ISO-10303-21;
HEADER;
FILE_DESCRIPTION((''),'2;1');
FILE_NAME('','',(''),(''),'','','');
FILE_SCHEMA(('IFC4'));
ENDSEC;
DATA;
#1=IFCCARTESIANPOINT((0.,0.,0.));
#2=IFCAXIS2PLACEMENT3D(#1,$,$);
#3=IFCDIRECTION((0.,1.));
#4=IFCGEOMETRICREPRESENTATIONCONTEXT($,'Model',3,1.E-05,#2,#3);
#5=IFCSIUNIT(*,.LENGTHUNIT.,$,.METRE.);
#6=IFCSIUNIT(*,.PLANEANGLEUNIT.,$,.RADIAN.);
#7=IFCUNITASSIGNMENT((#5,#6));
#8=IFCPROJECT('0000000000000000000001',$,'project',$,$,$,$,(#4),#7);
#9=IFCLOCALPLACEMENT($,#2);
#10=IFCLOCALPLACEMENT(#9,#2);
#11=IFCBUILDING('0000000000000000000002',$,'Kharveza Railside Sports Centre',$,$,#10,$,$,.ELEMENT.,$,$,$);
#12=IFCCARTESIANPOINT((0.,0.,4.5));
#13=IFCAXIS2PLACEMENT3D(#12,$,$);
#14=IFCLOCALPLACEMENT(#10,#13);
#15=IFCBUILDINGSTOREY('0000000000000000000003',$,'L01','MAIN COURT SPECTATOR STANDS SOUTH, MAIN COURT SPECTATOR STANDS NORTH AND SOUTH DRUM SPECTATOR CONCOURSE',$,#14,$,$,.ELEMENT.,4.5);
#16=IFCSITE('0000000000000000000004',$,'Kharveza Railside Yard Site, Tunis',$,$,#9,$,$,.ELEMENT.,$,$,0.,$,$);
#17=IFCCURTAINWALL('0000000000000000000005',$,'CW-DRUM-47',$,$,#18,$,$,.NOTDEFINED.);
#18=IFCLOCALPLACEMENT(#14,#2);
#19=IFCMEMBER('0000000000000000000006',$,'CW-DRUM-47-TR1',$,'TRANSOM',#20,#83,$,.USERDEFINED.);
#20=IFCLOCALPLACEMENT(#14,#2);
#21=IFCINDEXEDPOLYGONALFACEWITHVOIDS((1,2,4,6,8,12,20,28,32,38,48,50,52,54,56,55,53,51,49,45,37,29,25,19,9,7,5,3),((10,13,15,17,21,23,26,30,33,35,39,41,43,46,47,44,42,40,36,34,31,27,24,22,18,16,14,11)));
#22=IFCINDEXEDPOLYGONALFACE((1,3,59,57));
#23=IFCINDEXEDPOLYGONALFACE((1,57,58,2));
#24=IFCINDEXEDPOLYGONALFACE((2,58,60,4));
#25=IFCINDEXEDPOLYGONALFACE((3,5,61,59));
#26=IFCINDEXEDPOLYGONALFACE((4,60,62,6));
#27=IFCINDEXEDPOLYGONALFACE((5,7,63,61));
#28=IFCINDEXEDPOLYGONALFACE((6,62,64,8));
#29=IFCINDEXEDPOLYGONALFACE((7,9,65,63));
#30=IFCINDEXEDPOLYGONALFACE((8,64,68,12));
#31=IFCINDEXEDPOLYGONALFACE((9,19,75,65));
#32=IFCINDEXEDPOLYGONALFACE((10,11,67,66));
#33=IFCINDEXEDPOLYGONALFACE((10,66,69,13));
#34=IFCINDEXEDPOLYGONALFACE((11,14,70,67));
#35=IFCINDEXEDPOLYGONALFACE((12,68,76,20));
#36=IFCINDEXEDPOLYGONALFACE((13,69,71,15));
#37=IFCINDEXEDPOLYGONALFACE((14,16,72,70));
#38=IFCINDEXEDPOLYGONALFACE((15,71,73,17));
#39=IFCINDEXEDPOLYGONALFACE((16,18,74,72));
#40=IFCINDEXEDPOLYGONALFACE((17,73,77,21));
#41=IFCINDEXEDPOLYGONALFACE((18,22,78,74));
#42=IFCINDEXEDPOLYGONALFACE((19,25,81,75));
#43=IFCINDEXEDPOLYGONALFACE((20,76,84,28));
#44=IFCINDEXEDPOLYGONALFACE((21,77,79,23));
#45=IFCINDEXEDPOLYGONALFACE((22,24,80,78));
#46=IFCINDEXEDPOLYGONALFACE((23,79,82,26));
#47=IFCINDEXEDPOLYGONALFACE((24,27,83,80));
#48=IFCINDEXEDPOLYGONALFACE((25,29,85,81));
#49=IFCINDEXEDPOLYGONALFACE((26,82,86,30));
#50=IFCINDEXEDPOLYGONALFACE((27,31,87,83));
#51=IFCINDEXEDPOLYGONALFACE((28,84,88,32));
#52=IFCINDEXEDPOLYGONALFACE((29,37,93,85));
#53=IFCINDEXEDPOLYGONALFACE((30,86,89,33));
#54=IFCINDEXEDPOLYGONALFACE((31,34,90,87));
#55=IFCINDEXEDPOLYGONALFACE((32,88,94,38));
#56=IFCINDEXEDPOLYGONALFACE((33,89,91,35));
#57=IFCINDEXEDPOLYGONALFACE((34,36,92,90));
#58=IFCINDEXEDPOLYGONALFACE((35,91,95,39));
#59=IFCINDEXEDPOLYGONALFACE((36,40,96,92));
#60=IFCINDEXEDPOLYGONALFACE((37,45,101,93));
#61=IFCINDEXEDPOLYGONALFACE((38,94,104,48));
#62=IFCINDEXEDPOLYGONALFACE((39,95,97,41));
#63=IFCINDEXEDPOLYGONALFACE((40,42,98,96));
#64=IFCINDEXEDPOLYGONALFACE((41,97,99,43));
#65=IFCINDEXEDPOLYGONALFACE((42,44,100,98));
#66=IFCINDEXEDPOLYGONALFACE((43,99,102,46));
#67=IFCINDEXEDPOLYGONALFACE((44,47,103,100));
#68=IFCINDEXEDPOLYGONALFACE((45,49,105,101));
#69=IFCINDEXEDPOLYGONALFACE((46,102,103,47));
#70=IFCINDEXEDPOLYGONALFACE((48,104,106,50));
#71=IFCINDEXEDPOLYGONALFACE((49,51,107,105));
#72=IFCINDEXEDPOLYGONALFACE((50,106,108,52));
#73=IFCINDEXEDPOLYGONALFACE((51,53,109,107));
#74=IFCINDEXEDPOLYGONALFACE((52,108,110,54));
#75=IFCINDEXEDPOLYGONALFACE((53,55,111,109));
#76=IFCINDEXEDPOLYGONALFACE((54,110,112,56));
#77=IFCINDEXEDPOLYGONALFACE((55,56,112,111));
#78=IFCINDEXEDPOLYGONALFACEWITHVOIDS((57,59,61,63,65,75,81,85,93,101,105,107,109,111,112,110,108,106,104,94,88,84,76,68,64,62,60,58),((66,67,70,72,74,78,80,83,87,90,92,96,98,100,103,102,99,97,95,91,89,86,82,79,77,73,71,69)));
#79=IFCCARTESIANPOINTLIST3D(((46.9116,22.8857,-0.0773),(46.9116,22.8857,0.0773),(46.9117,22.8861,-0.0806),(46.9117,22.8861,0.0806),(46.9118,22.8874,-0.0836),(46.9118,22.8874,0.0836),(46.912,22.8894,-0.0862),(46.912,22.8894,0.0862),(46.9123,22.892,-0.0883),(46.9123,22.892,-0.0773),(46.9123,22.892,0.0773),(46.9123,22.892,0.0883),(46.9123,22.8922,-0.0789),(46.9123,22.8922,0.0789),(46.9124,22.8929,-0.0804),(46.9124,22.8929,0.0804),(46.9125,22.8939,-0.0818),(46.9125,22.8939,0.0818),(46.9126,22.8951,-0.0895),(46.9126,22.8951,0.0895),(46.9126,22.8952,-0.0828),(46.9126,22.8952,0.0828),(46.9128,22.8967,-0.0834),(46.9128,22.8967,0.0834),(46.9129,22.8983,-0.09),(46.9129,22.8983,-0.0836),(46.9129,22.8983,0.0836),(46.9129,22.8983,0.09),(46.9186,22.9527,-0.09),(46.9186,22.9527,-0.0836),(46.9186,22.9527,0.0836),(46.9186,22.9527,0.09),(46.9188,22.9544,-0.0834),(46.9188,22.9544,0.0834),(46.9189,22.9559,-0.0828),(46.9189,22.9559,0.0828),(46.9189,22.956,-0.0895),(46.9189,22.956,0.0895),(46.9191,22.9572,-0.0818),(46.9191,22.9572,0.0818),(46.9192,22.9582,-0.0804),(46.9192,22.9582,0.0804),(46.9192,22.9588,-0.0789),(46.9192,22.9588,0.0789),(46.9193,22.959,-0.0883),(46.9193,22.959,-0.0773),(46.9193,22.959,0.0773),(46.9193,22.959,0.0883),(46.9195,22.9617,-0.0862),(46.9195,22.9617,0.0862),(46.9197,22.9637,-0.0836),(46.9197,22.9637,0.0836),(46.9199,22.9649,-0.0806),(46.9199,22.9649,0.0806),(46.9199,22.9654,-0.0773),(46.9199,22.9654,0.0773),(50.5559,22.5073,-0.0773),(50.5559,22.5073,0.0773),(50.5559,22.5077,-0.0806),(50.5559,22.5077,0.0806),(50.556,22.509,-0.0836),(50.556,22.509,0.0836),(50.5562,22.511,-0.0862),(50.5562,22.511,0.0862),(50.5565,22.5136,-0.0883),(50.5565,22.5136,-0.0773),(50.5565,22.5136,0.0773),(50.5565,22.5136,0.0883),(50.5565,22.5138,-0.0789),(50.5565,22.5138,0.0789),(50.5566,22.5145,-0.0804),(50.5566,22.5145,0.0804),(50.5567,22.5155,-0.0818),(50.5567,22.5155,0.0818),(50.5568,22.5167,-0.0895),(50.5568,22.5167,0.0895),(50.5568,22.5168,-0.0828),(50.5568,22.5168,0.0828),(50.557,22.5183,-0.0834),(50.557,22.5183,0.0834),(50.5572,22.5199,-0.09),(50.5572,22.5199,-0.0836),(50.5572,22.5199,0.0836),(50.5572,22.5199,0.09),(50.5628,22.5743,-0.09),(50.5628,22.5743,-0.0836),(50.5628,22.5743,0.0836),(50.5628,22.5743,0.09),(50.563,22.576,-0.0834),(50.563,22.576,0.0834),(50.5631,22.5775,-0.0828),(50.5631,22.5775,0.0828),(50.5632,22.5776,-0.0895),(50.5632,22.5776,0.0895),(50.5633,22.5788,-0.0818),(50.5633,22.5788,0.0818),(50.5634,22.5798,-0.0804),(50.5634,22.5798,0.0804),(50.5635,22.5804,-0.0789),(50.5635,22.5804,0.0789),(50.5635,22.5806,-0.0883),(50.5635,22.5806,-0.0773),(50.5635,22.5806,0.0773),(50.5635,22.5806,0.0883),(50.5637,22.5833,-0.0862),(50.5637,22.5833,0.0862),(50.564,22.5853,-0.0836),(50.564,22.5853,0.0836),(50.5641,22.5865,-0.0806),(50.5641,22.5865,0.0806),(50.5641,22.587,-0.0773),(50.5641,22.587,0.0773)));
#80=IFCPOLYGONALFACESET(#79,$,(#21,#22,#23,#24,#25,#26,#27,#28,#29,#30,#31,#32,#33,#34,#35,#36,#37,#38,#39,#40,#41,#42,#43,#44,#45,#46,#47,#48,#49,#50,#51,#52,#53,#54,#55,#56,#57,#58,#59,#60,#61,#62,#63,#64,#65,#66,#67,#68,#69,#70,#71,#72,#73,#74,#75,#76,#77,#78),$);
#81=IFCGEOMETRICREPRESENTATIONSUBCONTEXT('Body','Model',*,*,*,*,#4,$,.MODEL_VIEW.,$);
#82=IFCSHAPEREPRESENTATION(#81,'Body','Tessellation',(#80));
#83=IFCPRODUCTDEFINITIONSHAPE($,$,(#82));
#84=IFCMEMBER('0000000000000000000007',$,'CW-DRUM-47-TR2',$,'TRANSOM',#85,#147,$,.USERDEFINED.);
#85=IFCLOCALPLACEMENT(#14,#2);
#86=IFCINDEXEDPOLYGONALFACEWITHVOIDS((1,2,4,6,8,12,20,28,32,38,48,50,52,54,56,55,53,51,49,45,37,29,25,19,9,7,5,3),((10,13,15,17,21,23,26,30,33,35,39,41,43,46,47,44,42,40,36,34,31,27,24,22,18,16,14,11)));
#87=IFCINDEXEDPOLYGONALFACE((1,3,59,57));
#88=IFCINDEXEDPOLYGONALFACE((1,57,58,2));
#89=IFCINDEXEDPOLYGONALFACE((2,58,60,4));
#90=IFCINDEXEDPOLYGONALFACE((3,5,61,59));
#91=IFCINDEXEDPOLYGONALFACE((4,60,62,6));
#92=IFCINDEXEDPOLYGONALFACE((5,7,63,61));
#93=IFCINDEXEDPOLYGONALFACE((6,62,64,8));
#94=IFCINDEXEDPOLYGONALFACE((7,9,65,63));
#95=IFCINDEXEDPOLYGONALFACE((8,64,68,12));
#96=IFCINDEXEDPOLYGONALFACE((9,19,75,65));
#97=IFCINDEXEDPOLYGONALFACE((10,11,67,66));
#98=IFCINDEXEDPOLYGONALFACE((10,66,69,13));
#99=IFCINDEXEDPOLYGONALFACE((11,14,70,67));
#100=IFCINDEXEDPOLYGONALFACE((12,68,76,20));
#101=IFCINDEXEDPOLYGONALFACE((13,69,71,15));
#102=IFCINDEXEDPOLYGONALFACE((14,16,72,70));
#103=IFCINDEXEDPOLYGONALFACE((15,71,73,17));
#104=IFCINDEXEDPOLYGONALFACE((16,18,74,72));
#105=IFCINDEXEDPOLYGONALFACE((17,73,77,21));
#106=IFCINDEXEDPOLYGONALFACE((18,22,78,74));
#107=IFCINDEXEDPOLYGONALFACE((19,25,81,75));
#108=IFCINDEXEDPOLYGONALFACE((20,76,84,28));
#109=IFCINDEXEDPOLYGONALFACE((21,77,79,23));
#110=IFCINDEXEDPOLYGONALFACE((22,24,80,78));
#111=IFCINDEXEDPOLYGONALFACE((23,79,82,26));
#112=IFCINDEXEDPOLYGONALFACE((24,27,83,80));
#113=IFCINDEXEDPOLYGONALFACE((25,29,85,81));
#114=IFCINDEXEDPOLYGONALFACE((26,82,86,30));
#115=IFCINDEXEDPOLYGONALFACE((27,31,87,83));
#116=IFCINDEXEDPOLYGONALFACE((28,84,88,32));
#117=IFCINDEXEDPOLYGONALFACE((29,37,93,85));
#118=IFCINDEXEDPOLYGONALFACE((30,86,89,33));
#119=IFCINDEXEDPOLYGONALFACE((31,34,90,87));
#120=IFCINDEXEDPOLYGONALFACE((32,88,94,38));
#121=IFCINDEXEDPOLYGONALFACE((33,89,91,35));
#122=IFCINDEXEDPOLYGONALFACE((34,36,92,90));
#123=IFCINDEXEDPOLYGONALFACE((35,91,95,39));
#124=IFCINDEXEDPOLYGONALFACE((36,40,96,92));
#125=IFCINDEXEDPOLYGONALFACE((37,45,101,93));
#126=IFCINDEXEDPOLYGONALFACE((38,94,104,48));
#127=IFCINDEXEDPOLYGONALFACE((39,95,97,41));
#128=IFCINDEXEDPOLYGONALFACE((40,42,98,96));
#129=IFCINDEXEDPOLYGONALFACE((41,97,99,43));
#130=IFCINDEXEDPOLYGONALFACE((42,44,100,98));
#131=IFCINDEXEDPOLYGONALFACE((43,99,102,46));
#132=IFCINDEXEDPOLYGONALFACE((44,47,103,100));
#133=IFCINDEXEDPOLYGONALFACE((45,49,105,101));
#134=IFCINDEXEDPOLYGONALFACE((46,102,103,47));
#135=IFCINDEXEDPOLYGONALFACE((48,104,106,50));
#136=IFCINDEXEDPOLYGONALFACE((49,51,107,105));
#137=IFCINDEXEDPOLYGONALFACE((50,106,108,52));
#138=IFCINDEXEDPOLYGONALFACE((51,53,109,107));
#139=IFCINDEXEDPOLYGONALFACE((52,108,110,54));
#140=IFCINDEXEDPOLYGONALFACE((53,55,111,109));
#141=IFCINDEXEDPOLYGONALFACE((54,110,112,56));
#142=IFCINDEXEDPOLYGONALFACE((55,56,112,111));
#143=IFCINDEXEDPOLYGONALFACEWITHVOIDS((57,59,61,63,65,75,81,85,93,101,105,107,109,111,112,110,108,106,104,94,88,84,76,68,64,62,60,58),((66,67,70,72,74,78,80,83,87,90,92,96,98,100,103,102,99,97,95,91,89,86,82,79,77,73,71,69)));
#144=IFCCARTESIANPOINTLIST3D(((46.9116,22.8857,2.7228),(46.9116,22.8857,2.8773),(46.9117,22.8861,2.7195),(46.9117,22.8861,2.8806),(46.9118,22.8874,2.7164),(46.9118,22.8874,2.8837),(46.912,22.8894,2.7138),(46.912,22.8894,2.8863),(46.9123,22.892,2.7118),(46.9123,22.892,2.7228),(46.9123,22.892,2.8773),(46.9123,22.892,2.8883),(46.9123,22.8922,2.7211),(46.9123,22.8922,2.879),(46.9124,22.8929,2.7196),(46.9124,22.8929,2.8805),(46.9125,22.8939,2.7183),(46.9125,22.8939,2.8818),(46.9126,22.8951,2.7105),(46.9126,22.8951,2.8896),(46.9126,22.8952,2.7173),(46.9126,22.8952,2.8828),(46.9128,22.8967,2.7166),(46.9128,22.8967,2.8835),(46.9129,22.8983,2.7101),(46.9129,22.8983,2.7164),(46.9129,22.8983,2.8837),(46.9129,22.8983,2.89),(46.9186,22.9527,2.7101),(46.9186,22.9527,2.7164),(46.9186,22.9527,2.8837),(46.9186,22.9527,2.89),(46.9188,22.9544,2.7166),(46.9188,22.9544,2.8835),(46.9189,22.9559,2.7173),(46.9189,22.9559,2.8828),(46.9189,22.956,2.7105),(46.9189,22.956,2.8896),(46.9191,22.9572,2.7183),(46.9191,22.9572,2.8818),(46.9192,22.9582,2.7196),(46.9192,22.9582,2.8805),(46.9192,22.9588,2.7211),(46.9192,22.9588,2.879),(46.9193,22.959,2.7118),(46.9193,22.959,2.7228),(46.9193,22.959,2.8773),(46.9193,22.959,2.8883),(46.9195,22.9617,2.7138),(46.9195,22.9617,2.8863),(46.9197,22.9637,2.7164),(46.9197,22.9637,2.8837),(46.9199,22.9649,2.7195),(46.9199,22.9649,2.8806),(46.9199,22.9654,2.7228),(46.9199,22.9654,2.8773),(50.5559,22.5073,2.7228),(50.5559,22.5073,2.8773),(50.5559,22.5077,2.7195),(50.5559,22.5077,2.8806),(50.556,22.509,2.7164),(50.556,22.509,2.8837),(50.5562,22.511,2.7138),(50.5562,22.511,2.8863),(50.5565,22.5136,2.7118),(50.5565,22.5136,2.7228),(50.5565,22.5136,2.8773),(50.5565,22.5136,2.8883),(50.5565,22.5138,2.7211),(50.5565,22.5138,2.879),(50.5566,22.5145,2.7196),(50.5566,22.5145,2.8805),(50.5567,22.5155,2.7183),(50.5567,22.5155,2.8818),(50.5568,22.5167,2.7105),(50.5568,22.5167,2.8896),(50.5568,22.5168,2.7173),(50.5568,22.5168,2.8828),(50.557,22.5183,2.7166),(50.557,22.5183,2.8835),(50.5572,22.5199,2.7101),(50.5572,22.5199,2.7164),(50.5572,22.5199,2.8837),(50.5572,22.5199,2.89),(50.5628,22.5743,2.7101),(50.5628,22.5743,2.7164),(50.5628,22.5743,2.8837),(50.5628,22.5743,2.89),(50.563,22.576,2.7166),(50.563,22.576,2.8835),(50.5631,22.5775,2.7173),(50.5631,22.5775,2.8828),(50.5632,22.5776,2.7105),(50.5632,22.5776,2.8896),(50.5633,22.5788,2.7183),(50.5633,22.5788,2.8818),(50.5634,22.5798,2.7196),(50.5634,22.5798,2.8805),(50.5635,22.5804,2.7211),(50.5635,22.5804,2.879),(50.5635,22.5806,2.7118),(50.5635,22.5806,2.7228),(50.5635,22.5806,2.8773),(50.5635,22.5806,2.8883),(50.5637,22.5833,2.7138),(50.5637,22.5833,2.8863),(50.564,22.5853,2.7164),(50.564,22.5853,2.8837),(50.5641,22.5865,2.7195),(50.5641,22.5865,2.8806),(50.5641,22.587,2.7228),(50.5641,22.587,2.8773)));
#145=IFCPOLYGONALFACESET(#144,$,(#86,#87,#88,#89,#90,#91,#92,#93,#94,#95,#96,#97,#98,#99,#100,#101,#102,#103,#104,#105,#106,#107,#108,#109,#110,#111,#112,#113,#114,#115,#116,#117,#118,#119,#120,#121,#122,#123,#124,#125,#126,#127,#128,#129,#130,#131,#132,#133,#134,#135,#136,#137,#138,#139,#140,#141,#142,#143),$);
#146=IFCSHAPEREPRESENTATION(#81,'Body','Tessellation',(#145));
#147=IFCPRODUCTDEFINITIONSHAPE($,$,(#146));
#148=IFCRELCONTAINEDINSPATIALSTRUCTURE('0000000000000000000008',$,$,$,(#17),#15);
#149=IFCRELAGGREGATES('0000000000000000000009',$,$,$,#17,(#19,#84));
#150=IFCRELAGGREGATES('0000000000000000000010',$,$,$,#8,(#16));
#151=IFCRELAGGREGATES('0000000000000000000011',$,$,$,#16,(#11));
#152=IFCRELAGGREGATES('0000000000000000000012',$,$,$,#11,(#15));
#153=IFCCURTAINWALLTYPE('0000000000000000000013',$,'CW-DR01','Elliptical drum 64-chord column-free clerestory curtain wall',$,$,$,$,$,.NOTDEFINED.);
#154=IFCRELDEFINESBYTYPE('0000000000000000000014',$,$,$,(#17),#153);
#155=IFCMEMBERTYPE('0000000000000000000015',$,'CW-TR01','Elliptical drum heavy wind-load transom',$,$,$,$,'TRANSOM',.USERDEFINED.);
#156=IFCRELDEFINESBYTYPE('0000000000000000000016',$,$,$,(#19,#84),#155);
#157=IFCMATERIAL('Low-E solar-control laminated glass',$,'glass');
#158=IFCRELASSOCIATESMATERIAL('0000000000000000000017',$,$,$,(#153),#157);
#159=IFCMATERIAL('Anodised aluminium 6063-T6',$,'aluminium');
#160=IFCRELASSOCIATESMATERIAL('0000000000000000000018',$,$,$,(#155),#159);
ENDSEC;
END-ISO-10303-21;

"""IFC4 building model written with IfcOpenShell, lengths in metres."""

from ifc_helpers import new_model, si_unit, direction, frame, origin, origin_2d, place, context, subcontext, project, spatial, hollow_rectangle, extrude, material, material_profile, profile_set, type_object, element, aggregate, save


model = new_model("IFC4")

# Units and contexts
model_context = context("Model", 3, precision=1e-05, world=origin(), true_north=direction((0.0, 1.0)))
body_context = subcontext(model_context, "Body", "Model", "MODEL_VIEW")
ifc_project = project(units=[si_unit("LENGTHUNIT", "METRE"), si_unit("PLANEANGLEUNIT", "RADIAN")], contexts=[model_context])

# Site, building, storey
site_placement = place(None, origin())
site = spatial("IfcSite", under=ifc_project, at=site_placement, Name="Kharveza Railside Yard Site, Tunis", CompositionType="ELEMENT", RefElevation=0.0)
building_placement = place(site_placement, origin())
building = spatial("IfcBuilding", under=site, at=building_placement, Name="Kharveza Railside Sports Centre", CompositionType="ELEMENT")
storey_placement = place(building_placement, frame((0.0, 0.0, 4.5)))
storey = spatial("IfcBuildingStorey", under=building, at=storey_placement, Name="L01", Description="MAIN COURT SPECTATOR STANDS SOUTH, MAIN COURT SPECTATOR STANDS NORTH AND SOUTH DRUM SPECTATOR CONCOURSE", CompositionType="ELEMENT", Elevation=4.5)

# Shared definitions
ifc_material_1 = material(Name="Low-E solar-control laminated glass", Category="glass")
curtain_wall_type = type_object("IfcCurtainWallType", Name="CW-DR01", Description="Elliptical drum 64-chord column-free clerestory curtain wall", PredefinedType="NOTDEFINED", material=ifc_material_1)
ifc_material_2 = material(Name="Anodised aluminium 6063-T6", Category="aluminium")

# Curtain wall
curtain_wall_1_placement = place(storey_placement, origin())
curtain_wall_1 = element("IfcCurtainWall", 1, at=curtain_wall_1_placement, inside=storey, type_object=curtain_wall_type, Name="CW-DRUM-47", PredefinedType="NOTDEFINED")

# Members
ifc_material_profile_1 = material_profile(ifc_material_2, hollow_rectangle(XDim=0.0801, YDim=0.1799, WallThickness=0.0063, InnerFilletRadius=0.0063, OuterFilletRadius=0.0127, at=origin_2d()), Name="RHS 80x180x6.3")
ifc_profile_set_1 = profile_set([ifc_material_profile_1], Name="Anodised aluminium 6063-T6")
member_type_1 = type_object("IfcMemberType", Name="CW-TR01", Description="Elliptical drum heavy wind-load transom", ElementType="TRANSOM", PredefinedType="USERDEFINED", material=ifc_profile_set_1)
member_1_placement = place(storey_placement, frame((46.9158, 22.9255, 0.0), z_axis=(0.994652, -0.103283, 0.0), x_axis=(0.103283, 0.994652, 0.0)))
member_1 = element("IfcMember", 2, at=member_1_placement, type_object=member_type_1, Name="CW-DRUM-47-TR1", ObjectType="TRANSOM", PredefinedType="USERDEFINED", context=body_context, shape_type="SweptSolid", body=[
    extrude(hollow_rectangle(XDim=0.0801, YDim=0.1799, WallThickness=0.0063, InnerFilletRadius=0.0063, OuterFilletRadius=0.0127, at=origin_2d()), origin(), (0.0, 0.0, 1.0), 3.6638),
])
member_2_placement = place(storey_placement, frame((46.9158, 22.9255, 2.8), z_axis=(0.994652, -0.103283, 0.0), x_axis=(0.103283, 0.994652, 0.0)))
member_2 = element("IfcMember", 3, at=member_2_placement, type_object=member_type_1, Name="CW-DRUM-47-TR2", ObjectType="TRANSOM", PredefinedType="USERDEFINED", context=body_context, shape_type="SweptSolid", body=[
    extrude(hollow_rectangle(XDim=0.0801, YDim=0.1799, WallThickness=0.0063, InnerFilletRadius=0.0063, OuterFilletRadius=0.0127, at=origin_2d()), origin(), (0.0, 0.0, 1.0), 3.6638),
])

aggregate(curtain_wall_1, [member_1, member_2])

save(model, "model.ifc")
